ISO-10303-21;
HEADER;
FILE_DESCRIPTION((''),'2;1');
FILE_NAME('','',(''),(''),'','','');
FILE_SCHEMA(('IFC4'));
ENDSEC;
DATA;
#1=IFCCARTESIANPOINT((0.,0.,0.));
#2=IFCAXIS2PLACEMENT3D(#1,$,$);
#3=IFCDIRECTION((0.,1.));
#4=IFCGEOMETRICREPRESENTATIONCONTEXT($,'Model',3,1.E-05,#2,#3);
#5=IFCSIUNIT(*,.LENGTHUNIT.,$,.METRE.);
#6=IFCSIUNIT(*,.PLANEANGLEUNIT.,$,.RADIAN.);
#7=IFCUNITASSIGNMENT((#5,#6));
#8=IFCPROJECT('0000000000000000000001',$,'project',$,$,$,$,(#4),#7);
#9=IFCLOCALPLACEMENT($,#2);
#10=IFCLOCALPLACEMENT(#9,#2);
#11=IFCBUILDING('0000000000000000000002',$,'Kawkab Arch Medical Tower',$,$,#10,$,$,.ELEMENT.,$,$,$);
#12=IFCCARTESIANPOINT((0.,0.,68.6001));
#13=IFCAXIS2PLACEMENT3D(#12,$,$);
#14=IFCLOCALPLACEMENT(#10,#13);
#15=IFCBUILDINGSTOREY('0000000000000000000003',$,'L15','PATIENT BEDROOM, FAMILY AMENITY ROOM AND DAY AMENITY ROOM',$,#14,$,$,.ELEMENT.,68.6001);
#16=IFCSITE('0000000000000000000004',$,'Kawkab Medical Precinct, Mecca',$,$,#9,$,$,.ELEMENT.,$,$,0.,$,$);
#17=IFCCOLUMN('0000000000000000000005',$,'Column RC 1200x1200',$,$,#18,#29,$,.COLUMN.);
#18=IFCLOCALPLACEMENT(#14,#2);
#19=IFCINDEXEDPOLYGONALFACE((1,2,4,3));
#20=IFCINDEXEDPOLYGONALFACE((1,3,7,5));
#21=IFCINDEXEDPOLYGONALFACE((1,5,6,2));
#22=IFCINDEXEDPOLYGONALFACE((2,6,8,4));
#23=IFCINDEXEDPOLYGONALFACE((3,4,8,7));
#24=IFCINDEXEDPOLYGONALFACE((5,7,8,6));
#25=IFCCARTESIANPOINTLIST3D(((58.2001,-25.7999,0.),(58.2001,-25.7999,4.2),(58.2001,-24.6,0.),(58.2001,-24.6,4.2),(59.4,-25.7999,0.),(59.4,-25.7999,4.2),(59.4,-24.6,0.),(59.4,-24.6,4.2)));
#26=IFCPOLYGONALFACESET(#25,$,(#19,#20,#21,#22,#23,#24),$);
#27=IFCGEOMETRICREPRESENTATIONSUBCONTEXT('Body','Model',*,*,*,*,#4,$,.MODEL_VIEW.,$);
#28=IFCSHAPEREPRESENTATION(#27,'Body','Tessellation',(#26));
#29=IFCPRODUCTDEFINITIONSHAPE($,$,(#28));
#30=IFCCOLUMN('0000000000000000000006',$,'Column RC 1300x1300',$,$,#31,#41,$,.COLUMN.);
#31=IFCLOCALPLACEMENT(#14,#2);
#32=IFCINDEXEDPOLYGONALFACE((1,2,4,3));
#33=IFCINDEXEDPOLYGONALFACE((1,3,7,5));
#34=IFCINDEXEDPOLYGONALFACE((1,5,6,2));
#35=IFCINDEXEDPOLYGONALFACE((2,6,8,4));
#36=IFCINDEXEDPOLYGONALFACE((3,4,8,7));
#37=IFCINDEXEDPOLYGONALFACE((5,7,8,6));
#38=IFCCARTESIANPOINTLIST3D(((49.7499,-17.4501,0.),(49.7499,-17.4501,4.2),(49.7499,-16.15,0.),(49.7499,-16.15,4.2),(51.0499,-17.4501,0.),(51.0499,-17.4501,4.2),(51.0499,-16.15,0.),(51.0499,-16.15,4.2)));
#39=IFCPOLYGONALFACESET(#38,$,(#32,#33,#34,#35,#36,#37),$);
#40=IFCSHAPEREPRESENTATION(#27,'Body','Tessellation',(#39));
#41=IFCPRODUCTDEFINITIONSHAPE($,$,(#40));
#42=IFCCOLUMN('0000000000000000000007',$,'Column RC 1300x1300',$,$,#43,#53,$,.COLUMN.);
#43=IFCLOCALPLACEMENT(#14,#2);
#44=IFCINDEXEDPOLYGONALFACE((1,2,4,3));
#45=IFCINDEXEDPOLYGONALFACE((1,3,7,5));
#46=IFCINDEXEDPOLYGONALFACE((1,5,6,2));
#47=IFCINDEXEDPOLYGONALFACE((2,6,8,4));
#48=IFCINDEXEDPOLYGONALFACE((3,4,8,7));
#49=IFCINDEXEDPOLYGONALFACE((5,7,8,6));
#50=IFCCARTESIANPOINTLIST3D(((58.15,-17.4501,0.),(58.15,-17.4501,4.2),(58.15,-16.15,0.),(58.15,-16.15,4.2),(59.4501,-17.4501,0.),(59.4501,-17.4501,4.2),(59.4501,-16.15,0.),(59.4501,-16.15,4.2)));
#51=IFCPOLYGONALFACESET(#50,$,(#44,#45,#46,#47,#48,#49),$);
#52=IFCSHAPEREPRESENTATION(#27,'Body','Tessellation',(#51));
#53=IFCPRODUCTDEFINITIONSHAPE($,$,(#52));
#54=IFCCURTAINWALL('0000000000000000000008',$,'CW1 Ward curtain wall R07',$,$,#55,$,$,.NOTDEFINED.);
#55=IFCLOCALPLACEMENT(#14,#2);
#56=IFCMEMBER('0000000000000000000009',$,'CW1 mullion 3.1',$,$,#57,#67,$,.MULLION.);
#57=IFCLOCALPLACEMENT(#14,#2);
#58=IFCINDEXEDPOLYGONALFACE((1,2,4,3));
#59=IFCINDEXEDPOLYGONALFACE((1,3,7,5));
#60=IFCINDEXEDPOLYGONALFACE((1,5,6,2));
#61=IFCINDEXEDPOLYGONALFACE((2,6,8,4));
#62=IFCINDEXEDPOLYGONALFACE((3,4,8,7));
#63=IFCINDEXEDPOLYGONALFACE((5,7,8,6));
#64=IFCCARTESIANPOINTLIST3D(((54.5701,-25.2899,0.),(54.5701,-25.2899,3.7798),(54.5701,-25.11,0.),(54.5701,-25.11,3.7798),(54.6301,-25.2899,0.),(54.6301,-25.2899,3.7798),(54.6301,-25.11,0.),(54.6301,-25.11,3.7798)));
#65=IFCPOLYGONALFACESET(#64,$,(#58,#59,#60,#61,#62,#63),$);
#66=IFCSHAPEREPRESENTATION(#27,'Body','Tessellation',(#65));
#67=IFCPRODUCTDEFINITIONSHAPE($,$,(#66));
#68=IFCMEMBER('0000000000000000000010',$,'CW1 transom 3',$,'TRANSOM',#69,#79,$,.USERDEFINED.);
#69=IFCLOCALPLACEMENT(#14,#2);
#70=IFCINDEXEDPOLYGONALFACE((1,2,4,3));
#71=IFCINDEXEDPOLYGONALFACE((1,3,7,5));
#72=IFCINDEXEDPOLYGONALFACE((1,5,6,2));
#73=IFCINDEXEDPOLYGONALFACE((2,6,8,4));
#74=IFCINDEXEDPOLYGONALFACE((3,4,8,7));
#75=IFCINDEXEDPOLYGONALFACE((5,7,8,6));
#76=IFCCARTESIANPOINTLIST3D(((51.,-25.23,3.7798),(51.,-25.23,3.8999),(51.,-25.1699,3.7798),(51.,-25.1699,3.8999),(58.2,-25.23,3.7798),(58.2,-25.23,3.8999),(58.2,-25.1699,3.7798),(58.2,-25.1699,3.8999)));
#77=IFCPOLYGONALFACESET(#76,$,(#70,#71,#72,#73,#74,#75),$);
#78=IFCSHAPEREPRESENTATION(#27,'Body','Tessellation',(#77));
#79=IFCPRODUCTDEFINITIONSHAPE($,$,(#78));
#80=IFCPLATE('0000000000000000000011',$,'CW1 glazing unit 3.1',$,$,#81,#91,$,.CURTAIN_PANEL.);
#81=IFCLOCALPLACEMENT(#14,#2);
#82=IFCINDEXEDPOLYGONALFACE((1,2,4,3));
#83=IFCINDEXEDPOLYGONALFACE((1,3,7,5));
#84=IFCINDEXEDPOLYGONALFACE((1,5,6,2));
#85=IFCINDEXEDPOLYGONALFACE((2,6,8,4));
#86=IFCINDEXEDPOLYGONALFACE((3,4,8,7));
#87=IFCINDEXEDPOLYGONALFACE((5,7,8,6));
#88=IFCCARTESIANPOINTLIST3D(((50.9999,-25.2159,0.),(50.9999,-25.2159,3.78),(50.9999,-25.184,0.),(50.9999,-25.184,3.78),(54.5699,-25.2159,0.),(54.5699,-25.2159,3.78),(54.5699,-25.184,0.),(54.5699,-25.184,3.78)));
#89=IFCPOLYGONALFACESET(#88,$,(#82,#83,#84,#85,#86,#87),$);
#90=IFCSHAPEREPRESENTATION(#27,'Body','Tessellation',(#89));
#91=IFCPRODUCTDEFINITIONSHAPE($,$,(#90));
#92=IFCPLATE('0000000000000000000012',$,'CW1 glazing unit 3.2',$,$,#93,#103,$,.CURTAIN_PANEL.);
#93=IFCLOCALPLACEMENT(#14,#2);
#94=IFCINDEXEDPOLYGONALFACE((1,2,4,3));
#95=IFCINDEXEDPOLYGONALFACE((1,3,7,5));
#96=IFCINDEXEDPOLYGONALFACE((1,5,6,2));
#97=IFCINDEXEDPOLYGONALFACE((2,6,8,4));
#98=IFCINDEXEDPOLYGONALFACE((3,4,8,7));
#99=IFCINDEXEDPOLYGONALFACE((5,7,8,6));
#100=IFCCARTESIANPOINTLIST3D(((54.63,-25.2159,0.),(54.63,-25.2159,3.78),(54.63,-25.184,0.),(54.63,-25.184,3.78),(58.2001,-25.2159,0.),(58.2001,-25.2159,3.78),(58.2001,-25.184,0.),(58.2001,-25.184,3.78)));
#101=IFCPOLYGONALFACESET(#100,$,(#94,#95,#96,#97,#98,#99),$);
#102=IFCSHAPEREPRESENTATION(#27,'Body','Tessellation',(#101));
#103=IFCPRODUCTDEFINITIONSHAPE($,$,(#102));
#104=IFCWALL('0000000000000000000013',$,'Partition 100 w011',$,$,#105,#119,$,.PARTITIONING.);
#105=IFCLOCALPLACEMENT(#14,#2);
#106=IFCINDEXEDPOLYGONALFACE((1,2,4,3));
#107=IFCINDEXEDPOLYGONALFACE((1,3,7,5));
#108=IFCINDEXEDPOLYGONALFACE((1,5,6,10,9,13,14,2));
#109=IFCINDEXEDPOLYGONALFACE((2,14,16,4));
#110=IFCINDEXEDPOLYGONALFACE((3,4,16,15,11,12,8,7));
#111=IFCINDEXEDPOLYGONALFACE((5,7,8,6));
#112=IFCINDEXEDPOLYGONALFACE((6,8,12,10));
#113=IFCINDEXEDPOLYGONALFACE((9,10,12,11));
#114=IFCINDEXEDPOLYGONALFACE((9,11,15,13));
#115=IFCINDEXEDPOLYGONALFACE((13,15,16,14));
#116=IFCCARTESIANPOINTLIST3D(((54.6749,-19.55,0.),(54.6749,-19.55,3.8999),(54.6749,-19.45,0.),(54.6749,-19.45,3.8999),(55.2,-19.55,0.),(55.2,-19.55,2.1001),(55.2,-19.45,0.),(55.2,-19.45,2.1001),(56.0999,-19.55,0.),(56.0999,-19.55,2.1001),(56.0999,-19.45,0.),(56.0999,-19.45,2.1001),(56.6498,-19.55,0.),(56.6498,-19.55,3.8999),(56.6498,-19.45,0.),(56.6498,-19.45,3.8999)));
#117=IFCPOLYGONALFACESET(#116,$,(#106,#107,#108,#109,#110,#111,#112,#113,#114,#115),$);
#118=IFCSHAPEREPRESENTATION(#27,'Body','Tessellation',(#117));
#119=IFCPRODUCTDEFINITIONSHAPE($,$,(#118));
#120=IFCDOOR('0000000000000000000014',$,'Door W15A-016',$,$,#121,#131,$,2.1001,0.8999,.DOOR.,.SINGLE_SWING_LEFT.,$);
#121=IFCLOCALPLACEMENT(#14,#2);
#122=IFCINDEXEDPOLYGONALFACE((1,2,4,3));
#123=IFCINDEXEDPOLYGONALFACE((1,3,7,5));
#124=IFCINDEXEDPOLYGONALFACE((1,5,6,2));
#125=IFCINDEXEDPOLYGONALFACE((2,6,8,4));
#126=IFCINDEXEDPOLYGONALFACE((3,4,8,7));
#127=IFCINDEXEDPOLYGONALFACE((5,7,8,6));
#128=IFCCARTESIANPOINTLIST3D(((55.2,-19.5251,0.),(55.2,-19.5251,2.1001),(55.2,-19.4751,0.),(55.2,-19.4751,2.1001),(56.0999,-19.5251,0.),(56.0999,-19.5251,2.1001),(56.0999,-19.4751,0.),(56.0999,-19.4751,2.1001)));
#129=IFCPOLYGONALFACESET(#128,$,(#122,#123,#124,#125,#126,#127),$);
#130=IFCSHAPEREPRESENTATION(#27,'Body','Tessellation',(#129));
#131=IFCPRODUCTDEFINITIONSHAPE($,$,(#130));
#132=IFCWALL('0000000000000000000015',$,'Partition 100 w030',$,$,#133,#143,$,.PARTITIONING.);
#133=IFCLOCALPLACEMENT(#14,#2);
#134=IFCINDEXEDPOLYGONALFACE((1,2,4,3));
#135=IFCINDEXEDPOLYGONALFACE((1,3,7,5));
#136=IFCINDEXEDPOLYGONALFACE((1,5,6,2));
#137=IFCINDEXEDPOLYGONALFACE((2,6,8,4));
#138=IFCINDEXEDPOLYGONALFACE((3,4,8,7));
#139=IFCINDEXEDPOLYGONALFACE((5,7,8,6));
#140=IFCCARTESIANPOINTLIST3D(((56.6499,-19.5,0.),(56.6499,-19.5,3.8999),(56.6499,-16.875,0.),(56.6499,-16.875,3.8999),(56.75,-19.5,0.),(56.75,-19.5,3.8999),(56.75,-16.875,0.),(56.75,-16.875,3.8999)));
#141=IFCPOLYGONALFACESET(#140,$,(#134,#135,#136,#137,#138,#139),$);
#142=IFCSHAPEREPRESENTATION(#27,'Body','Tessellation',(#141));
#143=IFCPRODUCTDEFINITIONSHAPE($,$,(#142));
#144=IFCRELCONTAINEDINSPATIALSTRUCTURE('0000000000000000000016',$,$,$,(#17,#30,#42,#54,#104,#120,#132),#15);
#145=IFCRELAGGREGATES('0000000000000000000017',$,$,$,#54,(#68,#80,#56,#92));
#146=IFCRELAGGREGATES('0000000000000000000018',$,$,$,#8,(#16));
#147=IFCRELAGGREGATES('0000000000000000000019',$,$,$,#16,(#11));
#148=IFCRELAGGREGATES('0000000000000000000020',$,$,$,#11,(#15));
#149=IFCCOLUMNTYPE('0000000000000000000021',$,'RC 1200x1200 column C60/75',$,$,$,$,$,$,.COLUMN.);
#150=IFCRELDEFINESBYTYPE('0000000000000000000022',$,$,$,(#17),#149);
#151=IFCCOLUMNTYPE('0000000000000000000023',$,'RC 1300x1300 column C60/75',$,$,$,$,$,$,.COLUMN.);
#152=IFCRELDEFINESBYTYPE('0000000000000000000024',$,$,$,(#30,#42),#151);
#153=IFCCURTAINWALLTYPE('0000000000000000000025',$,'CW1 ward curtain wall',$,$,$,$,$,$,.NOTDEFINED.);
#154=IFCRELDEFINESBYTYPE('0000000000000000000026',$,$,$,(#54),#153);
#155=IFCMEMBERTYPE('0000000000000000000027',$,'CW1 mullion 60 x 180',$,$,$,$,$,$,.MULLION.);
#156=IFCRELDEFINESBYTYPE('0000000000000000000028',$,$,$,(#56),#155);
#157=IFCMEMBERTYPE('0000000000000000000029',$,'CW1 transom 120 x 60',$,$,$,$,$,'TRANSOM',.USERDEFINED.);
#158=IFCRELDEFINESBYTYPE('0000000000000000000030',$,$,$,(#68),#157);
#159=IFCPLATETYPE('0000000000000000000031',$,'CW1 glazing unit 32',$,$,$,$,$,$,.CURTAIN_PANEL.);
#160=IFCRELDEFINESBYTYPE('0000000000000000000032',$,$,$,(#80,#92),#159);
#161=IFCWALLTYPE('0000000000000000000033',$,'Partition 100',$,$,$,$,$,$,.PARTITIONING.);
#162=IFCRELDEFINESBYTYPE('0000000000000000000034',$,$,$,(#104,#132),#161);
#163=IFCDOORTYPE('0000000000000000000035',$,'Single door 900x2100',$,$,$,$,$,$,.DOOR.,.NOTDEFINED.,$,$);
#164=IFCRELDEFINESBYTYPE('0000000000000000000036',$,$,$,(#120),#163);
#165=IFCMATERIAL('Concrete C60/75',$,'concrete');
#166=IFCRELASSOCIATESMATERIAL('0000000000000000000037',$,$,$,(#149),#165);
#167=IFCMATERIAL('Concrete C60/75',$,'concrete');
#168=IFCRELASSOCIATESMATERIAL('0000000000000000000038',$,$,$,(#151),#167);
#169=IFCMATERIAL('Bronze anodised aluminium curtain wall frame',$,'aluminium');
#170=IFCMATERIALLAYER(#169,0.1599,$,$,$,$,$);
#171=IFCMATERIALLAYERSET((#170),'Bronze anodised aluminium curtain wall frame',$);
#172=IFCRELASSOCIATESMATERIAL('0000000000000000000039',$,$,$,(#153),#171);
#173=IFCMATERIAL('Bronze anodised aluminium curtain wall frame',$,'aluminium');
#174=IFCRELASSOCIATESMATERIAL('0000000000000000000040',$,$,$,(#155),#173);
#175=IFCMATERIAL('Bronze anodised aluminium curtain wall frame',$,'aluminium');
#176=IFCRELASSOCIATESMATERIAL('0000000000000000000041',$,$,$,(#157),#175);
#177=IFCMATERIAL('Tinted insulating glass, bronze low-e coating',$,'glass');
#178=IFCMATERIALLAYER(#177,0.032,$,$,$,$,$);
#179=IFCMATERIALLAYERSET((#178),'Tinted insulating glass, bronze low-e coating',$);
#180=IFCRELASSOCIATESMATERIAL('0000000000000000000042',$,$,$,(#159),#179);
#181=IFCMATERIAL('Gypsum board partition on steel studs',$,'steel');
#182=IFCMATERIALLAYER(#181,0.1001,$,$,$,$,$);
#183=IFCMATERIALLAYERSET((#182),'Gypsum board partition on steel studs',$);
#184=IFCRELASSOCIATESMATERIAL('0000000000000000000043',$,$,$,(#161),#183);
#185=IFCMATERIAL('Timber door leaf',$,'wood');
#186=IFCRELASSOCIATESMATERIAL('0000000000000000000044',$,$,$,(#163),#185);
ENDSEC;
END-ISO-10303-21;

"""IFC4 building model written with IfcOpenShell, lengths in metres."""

from ifc_helpers import new_model, si_unit, direction, frame, frame_2d, origin, origin_2d, place, context, subcontext, project, spatial, rectangle, extrude, material, layer, layer_set, material_profile, profile_set, type_object, element, fill, aggregate, save


model = new_model("IFC4")

# Units and contexts
model_context = context("Model", 3, precision=1e-05, world=origin(), true_north=direction((0.0, 1.0)))
body_context = subcontext(model_context, "Body", "Model", "MODEL_VIEW")
ifc_project = project(units=[si_unit("LENGTHUNIT", "METRE"), si_unit("PLANEANGLEUNIT", "RADIAN")], contexts=[model_context])

# Site, building, storey
site_placement = place(None, origin())
site = spatial("IfcSite", under=ifc_project, at=site_placement, Name="Kawkab Medical Precinct, Mecca", CompositionType="ELEMENT", RefElevation=0.0)
building_placement = place(site_placement, origin())
building = spatial("IfcBuilding", under=site, at=building_placement, Name="Kawkab Arch Medical Tower", CompositionType="ELEMENT")
storey_placement = place(building_placement, frame((0.0, 0.0, 68.6001)))
storey = spatial("IfcBuildingStorey", under=building, at=storey_placement, Name="L15", Description="PATIENT BEDROOM, FAMILY AMENITY ROOM AND DAY AMENITY ROOM", CompositionType="ELEMENT", Elevation=68.6001)

# Columns
ifc_material_1 = material(Name="Concrete C60/75", Category="concrete")
ifc_material_profile_1 = material_profile(ifc_material_1, rectangle(XDim=1.2, YDim=1.2, at=origin_2d()), Name="RC 1200x1200")
ifc_profile_set_1 = profile_set([ifc_material_profile_1], Name="Concrete C60/75")
column_type_1 = type_object("IfcColumnType", Name="RC 1200x1200 column C60/75", PredefinedType="COLUMN", material=ifc_profile_set_1)
column_placement = place(storey_placement, frame((58.8, -25.2, 0.0), z_axis=(0.0, 0.0, 1.0), x_axis=(1.0, 0.0, 0.0)))
element("IfcColumn", 1, at=column_placement, inside=storey, type_object=column_type_1, Name="Column RC 1200x1200", PredefinedType="COLUMN", context=body_context, shape_type="SweptSolid", body=[
    extrude(rectangle(XDim=1.2, YDim=1.2, at=origin_2d()), origin(), (0.0, 0.0, 1.0), 4.2),
])
ifc_material_2 = material(Name="Concrete C60/75", Category="concrete")
ifc_material_profile_2 = material_profile(ifc_material_2, rectangle(XDim=1.3, YDim=1.3, at=origin_2d()), Name="RC 1300x1300")
ifc_profile_set_2 = profile_set([ifc_material_profile_2], Name="Concrete C60/75")
column_type_2 = type_object("IfcColumnType", Name="RC 1300x1300 column C60/75", PredefinedType="COLUMN", material=ifc_profile_set_2)
for number, where, z_axis, x_axis, name in (
    (2, (50.3999, -16.8, 0.0), (0.0, 0.0, 1.0), (1.0, 0.0, 0.0), "Column RC 1300x1300"),
    (3, (58.8, -16.8, 0.0), (0.0, 0.0, 1.0), (1.0, 0.0, 0.0), "Column RC 1300x1300"),
):
    element("IfcColumn", number, at=place(storey_placement, frame(where, z_axis=z_axis, x_axis=x_axis)), inside=storey, type_object=column_type_2, Name=name, PredefinedType="COLUMN", context=body_context, shape_type="SweptSolid", body=[
        extrude(rectangle(XDim=1.3, YDim=1.3, at=origin_2d()), origin(), (0.0, 0.0, 1.0), 4.2),
    ])

# Curtain wall, members, plates
ifc_material_3 = material(Name="Bronze anodised aluminium curtain wall frame", Category="aluminium")
ifc_layer_1 = layer(ifc_material_3, 0.1599)
ifc_layer_set_1 = layer_set([ifc_layer_1], Name="Bronze anodised aluminium curtain wall frame")
curtain_wall_type = type_object("IfcCurtainWallType", Name="CW1 ward curtain wall", PredefinedType="NOTDEFINED", material=ifc_layer_set_1)
curtain_wall_placement = place(storey_placement, origin())
curtain_wall = element("IfcCurtainWall", 4, at=curtain_wall_placement, inside=storey, type_object=curtain_wall_type, Name="CW1 Ward curtain wall R07", PredefinedType="NOTDEFINED")
ifc_material_4 = material(Name="Bronze anodised aluminium curtain wall frame", Category="aluminium")
ifc_material_profile_3 = material_profile(ifc_material_4, rectangle(XDim=0.1799, YDim=0.0601, at=origin_2d()), Name="AL 60x180")
ifc_profile_set_3 = profile_set([ifc_material_profile_3], Name="Bronze anodised aluminium curtain wall frame")
member_type_1 = type_object("IfcMemberType", Name="CW1 mullion 60 x 180", PredefinedType="MULLION", material=ifc_profile_set_3)
member_1_placement = place(storey_placement, frame((54.6001, -25.2, 0.0), z_axis=(0.0, 0.0, 1.0), x_axis=(0.0, 1.0, 0.0)))
member_1 = element("IfcMember", 5, at=member_1_placement, type_object=member_type_1, Name="CW1 mullion 3.1", PredefinedType="MULLION", context=body_context, shape_type="SweptSolid", body=[
    extrude(rectangle(XDim=0.1799, YDim=0.0601, at=origin_2d()), origin(), (0.0, 0.0, 1.0), 3.7798),
])
ifc_material_5 = material(Name="Bronze anodised aluminium curtain wall frame", Category="aluminium")
ifc_material_profile_4 = material_profile(ifc_material_5, rectangle(XDim=0.0601, YDim=0.1201, at=origin_2d()), Name="AL 60x120")
ifc_profile_set_4 = profile_set([ifc_material_profile_4], Name="Bronze anodised aluminium curtain wall frame")
member_type_2 = type_object("IfcMemberType", Name="CW1 transom 120 x 60", ElementType="TRANSOM", PredefinedType="USERDEFINED", material=ifc_profile_set_4)
member_2_placement = place(storey_placement, frame((51.0, -25.2, 3.8398), z_axis=(1.0, 0.0, 0.0), x_axis=(0.0, 1.0, 0.0)))
member_2 = element("IfcMember", 6, at=member_2_placement, type_object=member_type_2, Name="CW1 transom 3", ObjectType="TRANSOM", PredefinedType="USERDEFINED", context=body_context, shape_type="SweptSolid", body=[
    extrude(rectangle(XDim=0.0601, YDim=0.1201, at=origin_2d()), origin(), (0.0, 0.0, 1.0), 7.2),
])
ifc_material_6 = material(Name="Tinted insulating glass, bronze low-e coating", Category="glass")
ifc_layer_2 = layer(ifc_material_6, 0.032)
ifc_layer_set_2 = layer_set([ifc_layer_2], Name="Tinted insulating glass, bronze low-e coating")
plate_type = type_object("IfcPlateType", Name="CW1 glazing unit 32", PredefinedType="CURTAIN_PANEL", material=ifc_layer_set_2)
plate_1_placement = place(storey_placement, frame((52.7849, -25.2, 0.0), z_axis=(0.0, 0.0, 1.0), x_axis=(1.0, 0.0, 0.0)))
plate_1 = element("IfcPlate", 7, at=plate_1_placement, type_object=plate_type, Name="CW1 glazing unit 3.1", PredefinedType="CURTAIN_PANEL", context=body_context, shape_type="SweptSolid", body=[
    extrude(rectangle(XDim=3.5701, YDim=0.032, at=origin_2d()), origin(), (0.0, 0.0, 1.0), 3.78),
])
plate_2_placement = place(storey_placement, frame((56.415, -25.2, 0.0), z_axis=(0.0, 0.0, 1.0), x_axis=(1.0, 0.0, 0.0)))
plate_2 = element("IfcPlate", 8, at=plate_2_placement, type_object=plate_type, Name="CW1 glazing unit 3.2", PredefinedType="CURTAIN_PANEL", context=body_context, shape_type="SweptSolid", body=[
    extrude(rectangle(XDim=3.5701, YDim=0.032, at=origin_2d()), origin(), (0.0, 0.0, 1.0), 3.78),
])
aggregate(curtain_wall, [member_2, plate_1, member_1, plate_2])

# Wall, opening, door
ifc_material_7 = material(Name="Gypsum board partition on steel studs", Category="steel")
ifc_layer_3 = layer(ifc_material_7, 0.1001)
ifc_layer_set_3 = layer_set([ifc_layer_3], Name="Gypsum board partition on steel studs")
wall_type_1 = type_object("IfcWallType", Name="Partition 100", PredefinedType="PARTITIONING", material=ifc_layer_set_3)
wall_1_placement = place(storey_placement, frame((54.675, -19.5, 0.0), z_axis=(0.0, 0.0, 1.0), x_axis=(1.0, 0.0, 0.0)))
wall_1 = element("IfcWall", 9, at=wall_1_placement, inside=storey, type_object=wall_type_1, Name="Partition 100 w011", PredefinedType="PARTITIONING", context=body_context, shape_type="SweptSolid", body=[
    extrude(rectangle(XDim=1.9749, YDim=0.1001, at=frame_2d((0.9873, 0.0))), origin(), (0.0, 0.0, 1.0), 3.8999),
])
opening_1_placement = place(wall_1_placement, frame((0.5249, 0.0, 0.0)))
opening_1 = element("IfcOpeningElement", 10, at=opening_1_placement, cuts=wall_1, PredefinedType="OPENING", context=body_context, shape_type="SweptSolid", body=[
    extrude(rectangle(XDim=0.8999, YDim=2.1001, at=frame_2d((0.45, 1.05))), frame((0.0, 0.0601, 0.0), z_axis=(0.0, -1.0, 0.0), x_axis=(1.0, 0.0, 0.0)), (0.0, 0.0, 1.0), 0.1201),
])
ifc_material_8 = material(Name="Timber door leaf", Category="wood")
door_type_1 = type_object("IfcDoorType", Name="Single door 900x2100", OperationType="NOTDEFINED", PredefinedType="DOOR", material=ifc_material_8)
door_1_placement = place(opening_1_placement, origin())
door_1 = element("IfcDoor", 11, at=door_1_placement, inside=storey, type_object=door_type_1, Name="Door W15A-016", OperationType="SINGLE_SWING_LEFT", OverallHeight=2.1001, OverallWidth=0.8999, PredefinedType="DOOR", context=body_context, shape_type="SweptSolid", body=[
    extrude(rectangle(XDim=0.8999, YDim=2.1001, at=frame_2d((0.45, 1.05))), frame((0.0, 0.0249, 0.0), z_axis=(0.0, -1.0, 0.0), x_axis=(1.0, 0.0, 0.0)), (0.0, 0.0, 1.0), 0.05),
])
fill(opening_1, door_1)

# Wall
wall_2_placement = place(storey_placement, frame((56.7, -19.5, 0.0), z_axis=(0.0, 0.0, 1.0), x_axis=(0.0, 1.0, 0.0)))
element("IfcWall", 12, at=wall_2_placement, inside=storey, type_object=wall_type_1, Name="Partition 100 w030", PredefinedType="PARTITIONING", context=body_context, shape_type="SweptSolid", body=[
    extrude(rectangle(XDim=2.625, YDim=0.1001, at=frame_2d((1.3125, 0.0))), origin(), (0.0, 0.0, 1.0), 3.8999),
])

save(model, "model.ifc")
